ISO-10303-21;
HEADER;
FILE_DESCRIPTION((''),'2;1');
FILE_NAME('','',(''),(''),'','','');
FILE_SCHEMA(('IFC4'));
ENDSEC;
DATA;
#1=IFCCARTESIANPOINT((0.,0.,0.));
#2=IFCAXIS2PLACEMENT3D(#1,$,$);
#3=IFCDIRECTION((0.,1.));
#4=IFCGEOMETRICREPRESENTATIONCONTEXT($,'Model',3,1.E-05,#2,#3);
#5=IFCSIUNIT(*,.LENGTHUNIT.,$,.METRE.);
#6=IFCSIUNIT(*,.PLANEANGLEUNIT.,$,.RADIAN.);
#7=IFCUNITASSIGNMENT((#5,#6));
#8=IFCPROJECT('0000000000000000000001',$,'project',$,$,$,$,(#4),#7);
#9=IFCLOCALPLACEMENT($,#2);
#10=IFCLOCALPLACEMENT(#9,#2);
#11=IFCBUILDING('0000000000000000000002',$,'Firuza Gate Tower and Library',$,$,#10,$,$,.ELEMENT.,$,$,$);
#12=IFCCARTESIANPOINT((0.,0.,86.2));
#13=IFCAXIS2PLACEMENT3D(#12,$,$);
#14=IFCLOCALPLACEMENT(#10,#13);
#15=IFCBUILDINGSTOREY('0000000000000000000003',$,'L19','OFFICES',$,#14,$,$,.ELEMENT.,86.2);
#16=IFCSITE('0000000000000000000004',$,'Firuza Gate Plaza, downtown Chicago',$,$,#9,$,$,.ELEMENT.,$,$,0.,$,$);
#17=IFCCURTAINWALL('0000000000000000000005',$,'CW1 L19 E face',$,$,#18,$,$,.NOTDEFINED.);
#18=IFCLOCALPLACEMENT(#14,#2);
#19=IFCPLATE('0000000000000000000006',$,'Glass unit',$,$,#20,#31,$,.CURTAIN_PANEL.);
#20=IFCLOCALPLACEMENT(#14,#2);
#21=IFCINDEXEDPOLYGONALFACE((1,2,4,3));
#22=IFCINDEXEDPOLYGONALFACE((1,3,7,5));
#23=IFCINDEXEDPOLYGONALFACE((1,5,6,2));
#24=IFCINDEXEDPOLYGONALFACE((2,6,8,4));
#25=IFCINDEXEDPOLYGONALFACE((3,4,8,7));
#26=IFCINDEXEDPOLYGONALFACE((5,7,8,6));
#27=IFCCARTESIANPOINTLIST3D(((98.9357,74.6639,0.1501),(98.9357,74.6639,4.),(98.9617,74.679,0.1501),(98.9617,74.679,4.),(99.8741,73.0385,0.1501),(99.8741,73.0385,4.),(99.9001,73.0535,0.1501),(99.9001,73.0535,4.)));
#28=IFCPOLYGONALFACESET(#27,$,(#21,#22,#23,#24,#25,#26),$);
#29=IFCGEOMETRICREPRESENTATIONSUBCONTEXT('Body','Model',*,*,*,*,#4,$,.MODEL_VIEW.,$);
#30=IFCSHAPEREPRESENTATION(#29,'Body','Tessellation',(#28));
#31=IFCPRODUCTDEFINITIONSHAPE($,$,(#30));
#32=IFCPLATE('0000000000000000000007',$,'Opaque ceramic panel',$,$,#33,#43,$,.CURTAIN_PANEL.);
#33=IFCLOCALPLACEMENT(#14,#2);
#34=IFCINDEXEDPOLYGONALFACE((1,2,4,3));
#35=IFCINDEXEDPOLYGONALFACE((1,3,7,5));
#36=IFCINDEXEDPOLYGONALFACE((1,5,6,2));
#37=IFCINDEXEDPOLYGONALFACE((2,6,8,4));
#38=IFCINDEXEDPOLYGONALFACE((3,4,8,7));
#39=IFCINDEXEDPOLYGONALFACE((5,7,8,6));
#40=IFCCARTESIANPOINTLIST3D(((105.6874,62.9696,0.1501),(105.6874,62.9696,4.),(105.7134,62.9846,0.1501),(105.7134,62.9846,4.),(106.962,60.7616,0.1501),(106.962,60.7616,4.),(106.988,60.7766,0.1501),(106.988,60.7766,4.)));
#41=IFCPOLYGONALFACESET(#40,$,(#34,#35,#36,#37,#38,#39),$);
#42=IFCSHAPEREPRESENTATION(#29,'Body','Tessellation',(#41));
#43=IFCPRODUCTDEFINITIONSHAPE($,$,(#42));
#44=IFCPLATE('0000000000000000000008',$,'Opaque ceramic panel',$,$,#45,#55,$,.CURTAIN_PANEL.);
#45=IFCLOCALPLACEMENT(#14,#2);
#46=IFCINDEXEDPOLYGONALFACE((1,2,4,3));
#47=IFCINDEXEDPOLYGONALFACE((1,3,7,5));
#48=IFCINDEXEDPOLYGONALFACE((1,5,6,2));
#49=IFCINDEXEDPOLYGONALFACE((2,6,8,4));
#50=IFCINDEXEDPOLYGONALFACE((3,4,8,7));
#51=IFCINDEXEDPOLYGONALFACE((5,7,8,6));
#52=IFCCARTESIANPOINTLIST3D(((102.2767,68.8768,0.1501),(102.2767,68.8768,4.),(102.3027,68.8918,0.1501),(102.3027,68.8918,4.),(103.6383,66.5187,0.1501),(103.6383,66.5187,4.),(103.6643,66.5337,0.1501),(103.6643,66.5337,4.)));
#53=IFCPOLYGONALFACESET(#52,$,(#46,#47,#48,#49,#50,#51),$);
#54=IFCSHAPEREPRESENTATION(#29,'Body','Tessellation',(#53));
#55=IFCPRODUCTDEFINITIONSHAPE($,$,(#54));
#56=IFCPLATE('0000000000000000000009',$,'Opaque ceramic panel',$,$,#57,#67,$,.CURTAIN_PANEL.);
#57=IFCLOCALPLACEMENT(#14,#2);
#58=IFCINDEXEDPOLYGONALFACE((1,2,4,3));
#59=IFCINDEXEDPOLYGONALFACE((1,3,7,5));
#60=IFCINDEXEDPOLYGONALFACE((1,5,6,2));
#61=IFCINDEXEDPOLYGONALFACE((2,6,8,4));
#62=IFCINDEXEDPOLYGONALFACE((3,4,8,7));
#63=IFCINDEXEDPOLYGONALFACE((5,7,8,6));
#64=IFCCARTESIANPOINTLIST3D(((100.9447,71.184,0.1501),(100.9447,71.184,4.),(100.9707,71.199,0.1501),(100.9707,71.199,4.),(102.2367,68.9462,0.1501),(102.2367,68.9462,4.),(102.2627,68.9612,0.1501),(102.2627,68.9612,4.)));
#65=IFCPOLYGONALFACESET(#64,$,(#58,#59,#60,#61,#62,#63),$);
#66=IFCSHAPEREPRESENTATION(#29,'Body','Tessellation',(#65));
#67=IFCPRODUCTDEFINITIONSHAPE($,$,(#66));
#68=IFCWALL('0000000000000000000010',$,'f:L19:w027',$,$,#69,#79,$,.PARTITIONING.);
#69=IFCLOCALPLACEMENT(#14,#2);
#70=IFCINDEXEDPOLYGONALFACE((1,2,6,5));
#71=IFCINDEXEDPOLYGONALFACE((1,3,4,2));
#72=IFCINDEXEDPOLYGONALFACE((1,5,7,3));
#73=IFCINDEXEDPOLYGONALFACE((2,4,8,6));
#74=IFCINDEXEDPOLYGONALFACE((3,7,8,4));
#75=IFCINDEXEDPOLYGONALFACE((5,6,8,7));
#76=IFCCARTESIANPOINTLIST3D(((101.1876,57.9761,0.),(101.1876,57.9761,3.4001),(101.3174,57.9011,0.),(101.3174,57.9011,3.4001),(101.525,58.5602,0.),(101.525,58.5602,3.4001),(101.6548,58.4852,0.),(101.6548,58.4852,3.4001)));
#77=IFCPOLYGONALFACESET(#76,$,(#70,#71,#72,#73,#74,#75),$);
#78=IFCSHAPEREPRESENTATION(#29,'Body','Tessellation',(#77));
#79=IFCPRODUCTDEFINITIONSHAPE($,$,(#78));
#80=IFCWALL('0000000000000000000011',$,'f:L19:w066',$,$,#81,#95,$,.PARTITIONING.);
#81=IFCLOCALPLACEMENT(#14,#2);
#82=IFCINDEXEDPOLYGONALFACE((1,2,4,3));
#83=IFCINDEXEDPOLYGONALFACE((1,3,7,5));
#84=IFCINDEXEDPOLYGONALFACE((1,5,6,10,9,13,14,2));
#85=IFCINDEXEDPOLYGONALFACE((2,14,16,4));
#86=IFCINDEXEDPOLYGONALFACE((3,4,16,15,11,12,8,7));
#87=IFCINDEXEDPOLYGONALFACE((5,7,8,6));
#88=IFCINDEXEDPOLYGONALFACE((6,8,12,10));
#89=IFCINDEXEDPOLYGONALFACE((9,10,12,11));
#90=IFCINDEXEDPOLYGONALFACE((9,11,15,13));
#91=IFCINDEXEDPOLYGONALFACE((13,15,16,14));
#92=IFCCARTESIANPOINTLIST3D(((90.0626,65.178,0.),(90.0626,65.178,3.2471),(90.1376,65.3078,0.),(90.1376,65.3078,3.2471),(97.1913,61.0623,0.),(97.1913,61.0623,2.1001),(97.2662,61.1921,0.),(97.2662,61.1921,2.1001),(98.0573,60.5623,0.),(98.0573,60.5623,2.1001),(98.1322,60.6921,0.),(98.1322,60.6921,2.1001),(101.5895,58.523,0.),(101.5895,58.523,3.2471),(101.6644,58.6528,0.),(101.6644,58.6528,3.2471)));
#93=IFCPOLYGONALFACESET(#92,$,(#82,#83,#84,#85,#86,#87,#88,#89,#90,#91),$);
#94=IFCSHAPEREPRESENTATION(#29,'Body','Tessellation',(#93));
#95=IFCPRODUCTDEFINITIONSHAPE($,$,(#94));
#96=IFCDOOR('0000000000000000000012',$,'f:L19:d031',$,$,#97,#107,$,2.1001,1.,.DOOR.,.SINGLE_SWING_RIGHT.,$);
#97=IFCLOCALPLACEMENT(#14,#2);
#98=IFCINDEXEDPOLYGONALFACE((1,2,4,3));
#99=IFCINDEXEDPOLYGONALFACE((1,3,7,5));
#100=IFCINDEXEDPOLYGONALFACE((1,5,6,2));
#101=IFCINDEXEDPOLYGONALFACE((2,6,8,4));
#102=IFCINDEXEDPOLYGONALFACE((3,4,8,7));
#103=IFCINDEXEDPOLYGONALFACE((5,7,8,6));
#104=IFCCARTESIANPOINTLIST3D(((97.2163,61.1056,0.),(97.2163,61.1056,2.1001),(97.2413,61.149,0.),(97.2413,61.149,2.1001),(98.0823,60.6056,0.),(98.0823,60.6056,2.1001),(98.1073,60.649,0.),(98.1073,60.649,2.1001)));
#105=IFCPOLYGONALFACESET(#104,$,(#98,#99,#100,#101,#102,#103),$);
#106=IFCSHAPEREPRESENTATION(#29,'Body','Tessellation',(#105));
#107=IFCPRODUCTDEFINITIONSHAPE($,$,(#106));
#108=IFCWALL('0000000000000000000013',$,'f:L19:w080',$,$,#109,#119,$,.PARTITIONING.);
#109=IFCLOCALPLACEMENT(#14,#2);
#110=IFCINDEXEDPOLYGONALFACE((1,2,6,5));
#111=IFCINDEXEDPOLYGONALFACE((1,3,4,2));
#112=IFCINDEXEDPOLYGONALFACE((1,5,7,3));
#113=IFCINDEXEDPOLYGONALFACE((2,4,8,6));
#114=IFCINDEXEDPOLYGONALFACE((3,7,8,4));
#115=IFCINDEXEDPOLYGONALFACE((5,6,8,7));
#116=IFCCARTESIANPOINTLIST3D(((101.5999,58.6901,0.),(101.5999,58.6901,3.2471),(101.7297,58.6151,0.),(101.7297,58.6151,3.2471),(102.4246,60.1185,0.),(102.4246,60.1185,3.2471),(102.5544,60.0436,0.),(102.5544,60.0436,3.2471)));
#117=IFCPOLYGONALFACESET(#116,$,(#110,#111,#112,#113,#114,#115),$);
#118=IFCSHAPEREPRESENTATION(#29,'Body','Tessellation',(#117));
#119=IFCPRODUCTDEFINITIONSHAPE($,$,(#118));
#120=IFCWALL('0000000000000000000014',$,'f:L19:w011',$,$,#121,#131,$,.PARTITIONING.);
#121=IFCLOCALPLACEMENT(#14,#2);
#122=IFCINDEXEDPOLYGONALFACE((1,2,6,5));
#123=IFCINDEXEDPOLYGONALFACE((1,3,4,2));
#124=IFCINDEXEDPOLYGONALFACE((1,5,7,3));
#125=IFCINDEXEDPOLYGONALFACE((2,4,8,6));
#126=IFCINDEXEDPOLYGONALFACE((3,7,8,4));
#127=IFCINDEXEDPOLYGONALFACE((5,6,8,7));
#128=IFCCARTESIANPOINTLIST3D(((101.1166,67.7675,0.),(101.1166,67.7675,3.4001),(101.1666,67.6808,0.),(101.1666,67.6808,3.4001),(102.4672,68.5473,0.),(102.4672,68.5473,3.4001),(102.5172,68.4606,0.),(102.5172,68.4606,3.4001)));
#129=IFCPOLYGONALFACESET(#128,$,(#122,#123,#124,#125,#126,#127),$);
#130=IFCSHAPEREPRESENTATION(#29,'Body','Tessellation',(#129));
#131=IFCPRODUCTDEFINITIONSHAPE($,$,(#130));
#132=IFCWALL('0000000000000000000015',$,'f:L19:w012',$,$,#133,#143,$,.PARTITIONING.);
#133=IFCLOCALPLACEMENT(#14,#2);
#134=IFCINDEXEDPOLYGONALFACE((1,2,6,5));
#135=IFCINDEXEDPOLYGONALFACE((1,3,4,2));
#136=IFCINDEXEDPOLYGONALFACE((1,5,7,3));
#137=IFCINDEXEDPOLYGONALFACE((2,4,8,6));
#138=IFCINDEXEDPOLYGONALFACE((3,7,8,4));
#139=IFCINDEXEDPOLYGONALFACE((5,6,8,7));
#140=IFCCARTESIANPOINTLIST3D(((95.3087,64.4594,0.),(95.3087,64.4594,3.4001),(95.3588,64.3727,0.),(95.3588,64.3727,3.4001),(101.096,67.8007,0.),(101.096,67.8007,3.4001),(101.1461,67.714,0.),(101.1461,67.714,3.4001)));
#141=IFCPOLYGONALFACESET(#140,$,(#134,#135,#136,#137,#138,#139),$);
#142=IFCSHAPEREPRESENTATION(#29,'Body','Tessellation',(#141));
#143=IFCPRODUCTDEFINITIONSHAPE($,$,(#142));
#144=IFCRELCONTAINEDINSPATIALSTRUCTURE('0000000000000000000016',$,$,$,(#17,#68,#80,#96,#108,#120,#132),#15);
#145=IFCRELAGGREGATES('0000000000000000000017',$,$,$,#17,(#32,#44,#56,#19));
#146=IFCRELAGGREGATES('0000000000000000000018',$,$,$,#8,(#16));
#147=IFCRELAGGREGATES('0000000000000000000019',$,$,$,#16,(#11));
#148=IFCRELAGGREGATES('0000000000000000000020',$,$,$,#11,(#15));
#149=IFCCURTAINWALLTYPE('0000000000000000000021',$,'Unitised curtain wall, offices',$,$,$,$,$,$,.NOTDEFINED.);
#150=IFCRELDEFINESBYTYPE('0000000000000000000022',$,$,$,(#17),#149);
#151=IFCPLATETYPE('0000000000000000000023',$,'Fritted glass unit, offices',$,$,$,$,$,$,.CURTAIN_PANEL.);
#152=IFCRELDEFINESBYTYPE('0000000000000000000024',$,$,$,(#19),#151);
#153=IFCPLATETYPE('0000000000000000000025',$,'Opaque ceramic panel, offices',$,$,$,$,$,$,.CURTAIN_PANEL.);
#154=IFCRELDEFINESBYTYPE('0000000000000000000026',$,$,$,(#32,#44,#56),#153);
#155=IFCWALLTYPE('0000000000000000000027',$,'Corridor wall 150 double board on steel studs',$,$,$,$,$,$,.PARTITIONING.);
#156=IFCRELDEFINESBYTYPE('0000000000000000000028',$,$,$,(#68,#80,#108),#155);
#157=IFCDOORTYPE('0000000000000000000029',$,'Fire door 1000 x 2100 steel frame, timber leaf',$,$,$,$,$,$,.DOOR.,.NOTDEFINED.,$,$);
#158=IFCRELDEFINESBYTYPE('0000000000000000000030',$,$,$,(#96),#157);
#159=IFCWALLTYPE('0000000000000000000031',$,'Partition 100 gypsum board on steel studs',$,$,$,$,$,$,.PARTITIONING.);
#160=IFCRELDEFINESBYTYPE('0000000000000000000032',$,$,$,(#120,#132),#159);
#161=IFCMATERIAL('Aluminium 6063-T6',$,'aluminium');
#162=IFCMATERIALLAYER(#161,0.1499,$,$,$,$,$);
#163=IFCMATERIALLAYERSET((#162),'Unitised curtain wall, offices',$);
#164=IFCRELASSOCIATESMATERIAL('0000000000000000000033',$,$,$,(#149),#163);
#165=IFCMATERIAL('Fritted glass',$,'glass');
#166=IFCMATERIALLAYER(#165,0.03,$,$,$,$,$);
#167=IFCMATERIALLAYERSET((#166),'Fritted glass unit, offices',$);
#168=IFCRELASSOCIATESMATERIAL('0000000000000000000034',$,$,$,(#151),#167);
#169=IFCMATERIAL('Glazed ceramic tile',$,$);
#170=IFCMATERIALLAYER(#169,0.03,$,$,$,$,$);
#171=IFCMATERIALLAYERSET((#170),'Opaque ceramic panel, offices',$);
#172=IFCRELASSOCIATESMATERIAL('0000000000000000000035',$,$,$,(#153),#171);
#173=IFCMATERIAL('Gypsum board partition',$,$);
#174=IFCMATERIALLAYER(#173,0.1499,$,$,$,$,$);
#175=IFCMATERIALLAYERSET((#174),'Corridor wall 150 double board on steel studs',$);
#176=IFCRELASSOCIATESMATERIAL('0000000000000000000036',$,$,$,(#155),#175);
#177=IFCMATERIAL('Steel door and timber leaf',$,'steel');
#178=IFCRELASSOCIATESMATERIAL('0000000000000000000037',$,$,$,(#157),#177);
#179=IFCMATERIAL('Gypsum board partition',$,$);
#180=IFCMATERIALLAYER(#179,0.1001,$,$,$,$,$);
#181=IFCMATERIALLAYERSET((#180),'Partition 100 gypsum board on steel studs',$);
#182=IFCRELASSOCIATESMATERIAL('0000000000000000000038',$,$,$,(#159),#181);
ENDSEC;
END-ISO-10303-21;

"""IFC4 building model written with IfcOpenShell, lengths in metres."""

from ifc_helpers import new_model, si_unit, direction, frame, frame_2d, origin, place, context, subcontext, project, spatial, polyline, rectangle, outline, extrude, material, layer, layer_set, type_object, element, fill, aggregate, save


model = new_model("IFC4")

# Units and contexts
model_context = context("Model", 3, precision=1e-05, world=origin(), true_north=direction((0.0, 1.0)))
body_context = subcontext(model_context, "Body", "Model", "MODEL_VIEW")
ifc_project = project(units=[si_unit("LENGTHUNIT", "METRE"), si_unit("PLANEANGLEUNIT", "RADIAN")], contexts=[model_context])

# Site, building, storey
site_placement = place(None, origin())
site = spatial("IfcSite", under=ifc_project, at=site_placement, Name="Firuza Gate Plaza, downtown Chicago", CompositionType="ELEMENT", RefElevation=0.0)
building_placement = place(site_placement, origin())
building = spatial("IfcBuilding", under=site, at=building_placement, Name="Firuza Gate Tower and Library", CompositionType="ELEMENT")
storey_placement = place(building_placement, frame((0.0, 0.0, 86.2)))
storey = spatial("IfcBuildingStorey", under=building, at=storey_placement, Name="L19", Description="OFFICES", CompositionType="ELEMENT", Elevation=86.2)

# Curtain wall
ifc_material_1 = material(Name="Aluminium 6063-T6", Category="aluminium")
ifc_layer_1 = layer(ifc_material_1, 0.1499)
ifc_layer_set_1 = layer_set([ifc_layer_1], Name="Unitised curtain wall, offices")
curtain_wall_type_1 = type_object("IfcCurtainWallType", Name="Unitised curtain wall, offices", PredefinedType="NOTDEFINED", material=ifc_layer_set_1)
placement = place(storey_placement, origin())
curtain_wall_1 = element("IfcCurtainWall", 1, at=placement, inside=storey, type_object=curtain_wall_type_1, Name="CW1 L19 E face", PredefinedType="NOTDEFINED")

# Plates
ifc_material_2 = material(Name="Fritted glass", Category="glass")
ifc_layer_2 = layer(ifc_material_2, 0.03)
ifc_layer_set_2 = layer_set([ifc_layer_2], Name="Fritted glass unit, offices")
plate_type_1 = type_object("IfcPlateType", Name="Fritted glass unit, offices", PredefinedType="CURTAIN_PANEL", material=ifc_layer_set_2)
plate_1_placement = place(storey_placement, frame((99.9001, 73.0535, 0.1501), z_axis=(0.866025, 0.5, 0.0), x_axis=(-0.5, 0.866025, 0.0)))
plate_1 = element("IfcPlate", 2, at=plate_1_placement, type_object=plate_type_1, Name="Glass unit", PredefinedType="CURTAIN_PANEL", context=body_context, shape_type="SweptSolid", body=[
    extrude(outline(polyline([(0.0, 0.0), (1.877, 0.0), (1.877, 3.8499), (0.0, 3.8499), (0.0, 0.0)])), origin(), (0.0, 0.0, -1.0), 0.03),
])
ifc_material_3 = material(Name="Glazed ceramic tile")
ifc_layer_3 = layer(ifc_material_3, 0.03)
ifc_layer_set_3 = layer_set([ifc_layer_3], Name="Opaque ceramic panel, offices")
plate_type_2 = type_object("IfcPlateType", Name="Opaque ceramic panel, offices", PredefinedType="CURTAIN_PANEL", material=ifc_layer_set_3)
plate_2_placement = place(storey_placement, frame((106.988, 60.7766, 0.1501), z_axis=(0.866048, 0.49996, 0.0), x_axis=(-0.49996, 0.866048, 0.0)))
plate_2 = element("IfcPlate", 3, at=plate_2_placement, type_object=plate_type_2, Name="Opaque ceramic panel", PredefinedType="CURTAIN_PANEL", context=body_context, shape_type="SweptSolid", body=[
    extrude(outline(polyline([(0.0, 0.0), (2.5495, 0.0), (2.5495, 3.8499), (0.0, 3.8499), (0.0, 0.0)])), origin(), (0.0, 0.0, -1.0), 0.03),
])
plate_3_placement = place(storey_placement, frame((103.6643, 66.5337, 0.1501), z_axis=(0.866011, 0.500025, 0.0), x_axis=(-0.500025, 0.866011, 0.0)))
plate_3 = element("IfcPlate", 4, at=plate_3_placement, type_object=plate_type_2, Name="Opaque ceramic panel", PredefinedType="CURTAIN_PANEL", context=body_context, shape_type="SweptSolid", body=[
    extrude(outline(polyline([(0.0, 0.0), (2.723, 0.0), (2.723, 3.8499), (0.0, 3.8499), (0.0, 0.0)])), origin(), (0.0, 0.0, -1.0), 0.03),
])
plate_4_placement = place(storey_placement, frame((102.2627, 68.9612, 0.1501), z_axis=(0.866025, 0.500001, 0.0), x_axis=(-0.500001, 0.866025, 0.0)))
plate_4 = element("IfcPlate", 5, at=plate_4_placement, type_object=plate_type_2, Name="Opaque ceramic panel", PredefinedType="CURTAIN_PANEL", context=body_context, shape_type="SweptSolid", body=[
    extrude(outline(polyline([(0.0, 0.0), (2.584, 0.0), (2.584, 3.8499), (0.0, 3.8499), (0.0, 0.0)])), origin(), (0.0, 0.0, -1.0), 0.03),
])
aggregate(curtain_wall_1, [plate_2, plate_3, plate_4, plate_1])

# Wall
ifc_material_4 = material(Name="Gypsum board partition")
ifc_layer_4 = layer(ifc_material_4, 0.1499)
ifc_layer_set_4 = layer_set([ifc_layer_4], Name="Corridor wall 150 double board on steel studs")
wall_type_1 = type_object("IfcWallType", Name="Corridor wall 150 double board on steel studs", PredefinedType="PARTITIONING", material=ifc_layer_set_4)
wall_1_placement = place(storey_placement, frame((101.2524, 57.9385, 0.0), z_axis=(0.0, 0.0, 1.0), x_axis=(0.500109, 0.865963, 0.0)))
element("IfcWall", 6, at=wall_1_placement, inside=storey, type_object=wall_type_1, Name="f:L19:w027", PredefinedType="PARTITIONING", context=body_context, shape_type="SweptSolid", body=[
    extrude(rectangle(XDim=0.6746, YDim=0.1499, at=frame_2d((0.3374, 0.0))), origin(), (0.0, 0.0, 1.0), 3.4001),
])

# Wall, opening, door
wall_2_placement = place(storey_placement, frame((101.627, 58.5879, 0.0), z_axis=(0.0, 0.0, 1.0), x_axis=(-0.866026, 0.5, 0.0)))
wall_2 = element("IfcWall", 7, at=wall_2_placement, inside=storey, type_object=wall_type_1, Name="f:L19:w066", PredefinedType="PARTITIONING", context=body_context, shape_type="SweptSolid", body=[
    extrude(rectangle(XDim=13.3101, YDim=0.1499, at=frame_2d((6.655, 0.0))), origin(), (0.0, 0.0, 1.0), 3.2471),
])
opening_placement = place(wall_2_placement, frame((4.0786, 0.0, 0.0)))
opening = element("IfcOpeningElement", 8, at=opening_placement, cuts=wall_2, PredefinedType="OPENING", context=body_context, shape_type="SweptSolid", body=[
    extrude(rectangle(XDim=1.0, YDim=2.1001, at=frame_2d((0.5, 1.05))), frame((0.0, 0.085, 0.0), z_axis=(0.0, -1.0, 0.0), x_axis=(1.0, 0.0, 0.0)), (0.0, 0.0, 1.0), 0.1699),
])
ifc_material_5 = material(Name="Steel door and timber leaf", Category="steel")
door_type = type_object("IfcDoorType", Name="Fire door 1000 x 2100 steel frame, timber leaf", OperationType="NOTDEFINED", PredefinedType="DOOR", material=ifc_material_5)
door_placement = place(opening_placement, origin())
door = element("IfcDoor", 9, at=door_placement, inside=storey, type_object=door_type, Name="f:L19:d031", OperationType="SINGLE_SWING_RIGHT", OverallHeight=2.1001, OverallWidth=1.0, PredefinedType="DOOR", context=body_context, shape_type="SweptSolid", body=[
    extrude(rectangle(XDim=1.0, YDim=2.1001, at=frame_2d((0.5, 1.05))), frame((0.0, 0.0249, 0.0), z_axis=(0.0, -1.0, 0.0), x_axis=(1.0, 0.0, 0.0)), (0.0, 0.0, 1.0), 0.05),
])
fill(opening, door)

# Walls
wall_3_placement = place(storey_placement, frame((101.6648, 58.6526, 0.0), z_axis=(0.0, 0.0, 1.0), x_axis=(0.499992, 0.86603, 0.0)))
element("IfcWall", 10, at=wall_3_placement, inside=storey, type_object=wall_type_1, Name="f:L19:w080", PredefinedType="PARTITIONING", context=body_context, shape_type="SweptSolid", body=[
    extrude(rectangle(XDim=1.6494, YDim=0.1499, at=frame_2d((0.8247, 0.0))), origin(), (0.0, 0.0, 1.0), 3.2471),
])
ifc_material_6 = material(Name="Gypsum board partition")
ifc_layer_5 = layer(ifc_material_6, 0.1001)
ifc_layer_set_5 = layer_set([ifc_layer_5], Name="Partition 100 gypsum board on steel studs")
wall_type_2 = type_object("IfcWallType", Name="Partition 100 gypsum board on steel studs", PredefinedType="PARTITIONING", material=ifc_layer_set_5)
wall_4_placement = place(storey_placement, frame((101.1416, 67.7241, 0.0), z_axis=(0.0, 0.0, 1.0), x_axis=(0.866019, 0.500012, 0.0)))
element("IfcWall", 11, at=wall_4_placement, inside=storey, type_object=wall_type_2, Name="f:L19:w011", PredefinedType="PARTITIONING", context=body_context, shape_type="SweptSolid", body=[
    extrude(rectangle(XDim=1.5596, YDim=0.1001, at=frame_2d((0.7798, 0.0))), origin(), (0.0, 0.0, 1.0), 3.4001),
])
wall_5_placement = place(storey_placement, frame((95.3337, 64.416, 0.0), z_axis=(0.0, 0.0, 1.0), x_axis=(0.866027, 0.499998, 0.0)))
element("IfcWall", 12, at=wall_5_placement, inside=storey, type_object=wall_type_2, Name="f:L19:w012", PredefinedType="PARTITIONING", context=body_context, shape_type="SweptSolid", body=[
    extrude(rectangle(XDim=6.6826, YDim=0.1001, at=frame_2d((3.3413, 0.0))), origin(), (0.0, 0.0, 1.0), 3.4001),
])

save(model, "model.ifc")
